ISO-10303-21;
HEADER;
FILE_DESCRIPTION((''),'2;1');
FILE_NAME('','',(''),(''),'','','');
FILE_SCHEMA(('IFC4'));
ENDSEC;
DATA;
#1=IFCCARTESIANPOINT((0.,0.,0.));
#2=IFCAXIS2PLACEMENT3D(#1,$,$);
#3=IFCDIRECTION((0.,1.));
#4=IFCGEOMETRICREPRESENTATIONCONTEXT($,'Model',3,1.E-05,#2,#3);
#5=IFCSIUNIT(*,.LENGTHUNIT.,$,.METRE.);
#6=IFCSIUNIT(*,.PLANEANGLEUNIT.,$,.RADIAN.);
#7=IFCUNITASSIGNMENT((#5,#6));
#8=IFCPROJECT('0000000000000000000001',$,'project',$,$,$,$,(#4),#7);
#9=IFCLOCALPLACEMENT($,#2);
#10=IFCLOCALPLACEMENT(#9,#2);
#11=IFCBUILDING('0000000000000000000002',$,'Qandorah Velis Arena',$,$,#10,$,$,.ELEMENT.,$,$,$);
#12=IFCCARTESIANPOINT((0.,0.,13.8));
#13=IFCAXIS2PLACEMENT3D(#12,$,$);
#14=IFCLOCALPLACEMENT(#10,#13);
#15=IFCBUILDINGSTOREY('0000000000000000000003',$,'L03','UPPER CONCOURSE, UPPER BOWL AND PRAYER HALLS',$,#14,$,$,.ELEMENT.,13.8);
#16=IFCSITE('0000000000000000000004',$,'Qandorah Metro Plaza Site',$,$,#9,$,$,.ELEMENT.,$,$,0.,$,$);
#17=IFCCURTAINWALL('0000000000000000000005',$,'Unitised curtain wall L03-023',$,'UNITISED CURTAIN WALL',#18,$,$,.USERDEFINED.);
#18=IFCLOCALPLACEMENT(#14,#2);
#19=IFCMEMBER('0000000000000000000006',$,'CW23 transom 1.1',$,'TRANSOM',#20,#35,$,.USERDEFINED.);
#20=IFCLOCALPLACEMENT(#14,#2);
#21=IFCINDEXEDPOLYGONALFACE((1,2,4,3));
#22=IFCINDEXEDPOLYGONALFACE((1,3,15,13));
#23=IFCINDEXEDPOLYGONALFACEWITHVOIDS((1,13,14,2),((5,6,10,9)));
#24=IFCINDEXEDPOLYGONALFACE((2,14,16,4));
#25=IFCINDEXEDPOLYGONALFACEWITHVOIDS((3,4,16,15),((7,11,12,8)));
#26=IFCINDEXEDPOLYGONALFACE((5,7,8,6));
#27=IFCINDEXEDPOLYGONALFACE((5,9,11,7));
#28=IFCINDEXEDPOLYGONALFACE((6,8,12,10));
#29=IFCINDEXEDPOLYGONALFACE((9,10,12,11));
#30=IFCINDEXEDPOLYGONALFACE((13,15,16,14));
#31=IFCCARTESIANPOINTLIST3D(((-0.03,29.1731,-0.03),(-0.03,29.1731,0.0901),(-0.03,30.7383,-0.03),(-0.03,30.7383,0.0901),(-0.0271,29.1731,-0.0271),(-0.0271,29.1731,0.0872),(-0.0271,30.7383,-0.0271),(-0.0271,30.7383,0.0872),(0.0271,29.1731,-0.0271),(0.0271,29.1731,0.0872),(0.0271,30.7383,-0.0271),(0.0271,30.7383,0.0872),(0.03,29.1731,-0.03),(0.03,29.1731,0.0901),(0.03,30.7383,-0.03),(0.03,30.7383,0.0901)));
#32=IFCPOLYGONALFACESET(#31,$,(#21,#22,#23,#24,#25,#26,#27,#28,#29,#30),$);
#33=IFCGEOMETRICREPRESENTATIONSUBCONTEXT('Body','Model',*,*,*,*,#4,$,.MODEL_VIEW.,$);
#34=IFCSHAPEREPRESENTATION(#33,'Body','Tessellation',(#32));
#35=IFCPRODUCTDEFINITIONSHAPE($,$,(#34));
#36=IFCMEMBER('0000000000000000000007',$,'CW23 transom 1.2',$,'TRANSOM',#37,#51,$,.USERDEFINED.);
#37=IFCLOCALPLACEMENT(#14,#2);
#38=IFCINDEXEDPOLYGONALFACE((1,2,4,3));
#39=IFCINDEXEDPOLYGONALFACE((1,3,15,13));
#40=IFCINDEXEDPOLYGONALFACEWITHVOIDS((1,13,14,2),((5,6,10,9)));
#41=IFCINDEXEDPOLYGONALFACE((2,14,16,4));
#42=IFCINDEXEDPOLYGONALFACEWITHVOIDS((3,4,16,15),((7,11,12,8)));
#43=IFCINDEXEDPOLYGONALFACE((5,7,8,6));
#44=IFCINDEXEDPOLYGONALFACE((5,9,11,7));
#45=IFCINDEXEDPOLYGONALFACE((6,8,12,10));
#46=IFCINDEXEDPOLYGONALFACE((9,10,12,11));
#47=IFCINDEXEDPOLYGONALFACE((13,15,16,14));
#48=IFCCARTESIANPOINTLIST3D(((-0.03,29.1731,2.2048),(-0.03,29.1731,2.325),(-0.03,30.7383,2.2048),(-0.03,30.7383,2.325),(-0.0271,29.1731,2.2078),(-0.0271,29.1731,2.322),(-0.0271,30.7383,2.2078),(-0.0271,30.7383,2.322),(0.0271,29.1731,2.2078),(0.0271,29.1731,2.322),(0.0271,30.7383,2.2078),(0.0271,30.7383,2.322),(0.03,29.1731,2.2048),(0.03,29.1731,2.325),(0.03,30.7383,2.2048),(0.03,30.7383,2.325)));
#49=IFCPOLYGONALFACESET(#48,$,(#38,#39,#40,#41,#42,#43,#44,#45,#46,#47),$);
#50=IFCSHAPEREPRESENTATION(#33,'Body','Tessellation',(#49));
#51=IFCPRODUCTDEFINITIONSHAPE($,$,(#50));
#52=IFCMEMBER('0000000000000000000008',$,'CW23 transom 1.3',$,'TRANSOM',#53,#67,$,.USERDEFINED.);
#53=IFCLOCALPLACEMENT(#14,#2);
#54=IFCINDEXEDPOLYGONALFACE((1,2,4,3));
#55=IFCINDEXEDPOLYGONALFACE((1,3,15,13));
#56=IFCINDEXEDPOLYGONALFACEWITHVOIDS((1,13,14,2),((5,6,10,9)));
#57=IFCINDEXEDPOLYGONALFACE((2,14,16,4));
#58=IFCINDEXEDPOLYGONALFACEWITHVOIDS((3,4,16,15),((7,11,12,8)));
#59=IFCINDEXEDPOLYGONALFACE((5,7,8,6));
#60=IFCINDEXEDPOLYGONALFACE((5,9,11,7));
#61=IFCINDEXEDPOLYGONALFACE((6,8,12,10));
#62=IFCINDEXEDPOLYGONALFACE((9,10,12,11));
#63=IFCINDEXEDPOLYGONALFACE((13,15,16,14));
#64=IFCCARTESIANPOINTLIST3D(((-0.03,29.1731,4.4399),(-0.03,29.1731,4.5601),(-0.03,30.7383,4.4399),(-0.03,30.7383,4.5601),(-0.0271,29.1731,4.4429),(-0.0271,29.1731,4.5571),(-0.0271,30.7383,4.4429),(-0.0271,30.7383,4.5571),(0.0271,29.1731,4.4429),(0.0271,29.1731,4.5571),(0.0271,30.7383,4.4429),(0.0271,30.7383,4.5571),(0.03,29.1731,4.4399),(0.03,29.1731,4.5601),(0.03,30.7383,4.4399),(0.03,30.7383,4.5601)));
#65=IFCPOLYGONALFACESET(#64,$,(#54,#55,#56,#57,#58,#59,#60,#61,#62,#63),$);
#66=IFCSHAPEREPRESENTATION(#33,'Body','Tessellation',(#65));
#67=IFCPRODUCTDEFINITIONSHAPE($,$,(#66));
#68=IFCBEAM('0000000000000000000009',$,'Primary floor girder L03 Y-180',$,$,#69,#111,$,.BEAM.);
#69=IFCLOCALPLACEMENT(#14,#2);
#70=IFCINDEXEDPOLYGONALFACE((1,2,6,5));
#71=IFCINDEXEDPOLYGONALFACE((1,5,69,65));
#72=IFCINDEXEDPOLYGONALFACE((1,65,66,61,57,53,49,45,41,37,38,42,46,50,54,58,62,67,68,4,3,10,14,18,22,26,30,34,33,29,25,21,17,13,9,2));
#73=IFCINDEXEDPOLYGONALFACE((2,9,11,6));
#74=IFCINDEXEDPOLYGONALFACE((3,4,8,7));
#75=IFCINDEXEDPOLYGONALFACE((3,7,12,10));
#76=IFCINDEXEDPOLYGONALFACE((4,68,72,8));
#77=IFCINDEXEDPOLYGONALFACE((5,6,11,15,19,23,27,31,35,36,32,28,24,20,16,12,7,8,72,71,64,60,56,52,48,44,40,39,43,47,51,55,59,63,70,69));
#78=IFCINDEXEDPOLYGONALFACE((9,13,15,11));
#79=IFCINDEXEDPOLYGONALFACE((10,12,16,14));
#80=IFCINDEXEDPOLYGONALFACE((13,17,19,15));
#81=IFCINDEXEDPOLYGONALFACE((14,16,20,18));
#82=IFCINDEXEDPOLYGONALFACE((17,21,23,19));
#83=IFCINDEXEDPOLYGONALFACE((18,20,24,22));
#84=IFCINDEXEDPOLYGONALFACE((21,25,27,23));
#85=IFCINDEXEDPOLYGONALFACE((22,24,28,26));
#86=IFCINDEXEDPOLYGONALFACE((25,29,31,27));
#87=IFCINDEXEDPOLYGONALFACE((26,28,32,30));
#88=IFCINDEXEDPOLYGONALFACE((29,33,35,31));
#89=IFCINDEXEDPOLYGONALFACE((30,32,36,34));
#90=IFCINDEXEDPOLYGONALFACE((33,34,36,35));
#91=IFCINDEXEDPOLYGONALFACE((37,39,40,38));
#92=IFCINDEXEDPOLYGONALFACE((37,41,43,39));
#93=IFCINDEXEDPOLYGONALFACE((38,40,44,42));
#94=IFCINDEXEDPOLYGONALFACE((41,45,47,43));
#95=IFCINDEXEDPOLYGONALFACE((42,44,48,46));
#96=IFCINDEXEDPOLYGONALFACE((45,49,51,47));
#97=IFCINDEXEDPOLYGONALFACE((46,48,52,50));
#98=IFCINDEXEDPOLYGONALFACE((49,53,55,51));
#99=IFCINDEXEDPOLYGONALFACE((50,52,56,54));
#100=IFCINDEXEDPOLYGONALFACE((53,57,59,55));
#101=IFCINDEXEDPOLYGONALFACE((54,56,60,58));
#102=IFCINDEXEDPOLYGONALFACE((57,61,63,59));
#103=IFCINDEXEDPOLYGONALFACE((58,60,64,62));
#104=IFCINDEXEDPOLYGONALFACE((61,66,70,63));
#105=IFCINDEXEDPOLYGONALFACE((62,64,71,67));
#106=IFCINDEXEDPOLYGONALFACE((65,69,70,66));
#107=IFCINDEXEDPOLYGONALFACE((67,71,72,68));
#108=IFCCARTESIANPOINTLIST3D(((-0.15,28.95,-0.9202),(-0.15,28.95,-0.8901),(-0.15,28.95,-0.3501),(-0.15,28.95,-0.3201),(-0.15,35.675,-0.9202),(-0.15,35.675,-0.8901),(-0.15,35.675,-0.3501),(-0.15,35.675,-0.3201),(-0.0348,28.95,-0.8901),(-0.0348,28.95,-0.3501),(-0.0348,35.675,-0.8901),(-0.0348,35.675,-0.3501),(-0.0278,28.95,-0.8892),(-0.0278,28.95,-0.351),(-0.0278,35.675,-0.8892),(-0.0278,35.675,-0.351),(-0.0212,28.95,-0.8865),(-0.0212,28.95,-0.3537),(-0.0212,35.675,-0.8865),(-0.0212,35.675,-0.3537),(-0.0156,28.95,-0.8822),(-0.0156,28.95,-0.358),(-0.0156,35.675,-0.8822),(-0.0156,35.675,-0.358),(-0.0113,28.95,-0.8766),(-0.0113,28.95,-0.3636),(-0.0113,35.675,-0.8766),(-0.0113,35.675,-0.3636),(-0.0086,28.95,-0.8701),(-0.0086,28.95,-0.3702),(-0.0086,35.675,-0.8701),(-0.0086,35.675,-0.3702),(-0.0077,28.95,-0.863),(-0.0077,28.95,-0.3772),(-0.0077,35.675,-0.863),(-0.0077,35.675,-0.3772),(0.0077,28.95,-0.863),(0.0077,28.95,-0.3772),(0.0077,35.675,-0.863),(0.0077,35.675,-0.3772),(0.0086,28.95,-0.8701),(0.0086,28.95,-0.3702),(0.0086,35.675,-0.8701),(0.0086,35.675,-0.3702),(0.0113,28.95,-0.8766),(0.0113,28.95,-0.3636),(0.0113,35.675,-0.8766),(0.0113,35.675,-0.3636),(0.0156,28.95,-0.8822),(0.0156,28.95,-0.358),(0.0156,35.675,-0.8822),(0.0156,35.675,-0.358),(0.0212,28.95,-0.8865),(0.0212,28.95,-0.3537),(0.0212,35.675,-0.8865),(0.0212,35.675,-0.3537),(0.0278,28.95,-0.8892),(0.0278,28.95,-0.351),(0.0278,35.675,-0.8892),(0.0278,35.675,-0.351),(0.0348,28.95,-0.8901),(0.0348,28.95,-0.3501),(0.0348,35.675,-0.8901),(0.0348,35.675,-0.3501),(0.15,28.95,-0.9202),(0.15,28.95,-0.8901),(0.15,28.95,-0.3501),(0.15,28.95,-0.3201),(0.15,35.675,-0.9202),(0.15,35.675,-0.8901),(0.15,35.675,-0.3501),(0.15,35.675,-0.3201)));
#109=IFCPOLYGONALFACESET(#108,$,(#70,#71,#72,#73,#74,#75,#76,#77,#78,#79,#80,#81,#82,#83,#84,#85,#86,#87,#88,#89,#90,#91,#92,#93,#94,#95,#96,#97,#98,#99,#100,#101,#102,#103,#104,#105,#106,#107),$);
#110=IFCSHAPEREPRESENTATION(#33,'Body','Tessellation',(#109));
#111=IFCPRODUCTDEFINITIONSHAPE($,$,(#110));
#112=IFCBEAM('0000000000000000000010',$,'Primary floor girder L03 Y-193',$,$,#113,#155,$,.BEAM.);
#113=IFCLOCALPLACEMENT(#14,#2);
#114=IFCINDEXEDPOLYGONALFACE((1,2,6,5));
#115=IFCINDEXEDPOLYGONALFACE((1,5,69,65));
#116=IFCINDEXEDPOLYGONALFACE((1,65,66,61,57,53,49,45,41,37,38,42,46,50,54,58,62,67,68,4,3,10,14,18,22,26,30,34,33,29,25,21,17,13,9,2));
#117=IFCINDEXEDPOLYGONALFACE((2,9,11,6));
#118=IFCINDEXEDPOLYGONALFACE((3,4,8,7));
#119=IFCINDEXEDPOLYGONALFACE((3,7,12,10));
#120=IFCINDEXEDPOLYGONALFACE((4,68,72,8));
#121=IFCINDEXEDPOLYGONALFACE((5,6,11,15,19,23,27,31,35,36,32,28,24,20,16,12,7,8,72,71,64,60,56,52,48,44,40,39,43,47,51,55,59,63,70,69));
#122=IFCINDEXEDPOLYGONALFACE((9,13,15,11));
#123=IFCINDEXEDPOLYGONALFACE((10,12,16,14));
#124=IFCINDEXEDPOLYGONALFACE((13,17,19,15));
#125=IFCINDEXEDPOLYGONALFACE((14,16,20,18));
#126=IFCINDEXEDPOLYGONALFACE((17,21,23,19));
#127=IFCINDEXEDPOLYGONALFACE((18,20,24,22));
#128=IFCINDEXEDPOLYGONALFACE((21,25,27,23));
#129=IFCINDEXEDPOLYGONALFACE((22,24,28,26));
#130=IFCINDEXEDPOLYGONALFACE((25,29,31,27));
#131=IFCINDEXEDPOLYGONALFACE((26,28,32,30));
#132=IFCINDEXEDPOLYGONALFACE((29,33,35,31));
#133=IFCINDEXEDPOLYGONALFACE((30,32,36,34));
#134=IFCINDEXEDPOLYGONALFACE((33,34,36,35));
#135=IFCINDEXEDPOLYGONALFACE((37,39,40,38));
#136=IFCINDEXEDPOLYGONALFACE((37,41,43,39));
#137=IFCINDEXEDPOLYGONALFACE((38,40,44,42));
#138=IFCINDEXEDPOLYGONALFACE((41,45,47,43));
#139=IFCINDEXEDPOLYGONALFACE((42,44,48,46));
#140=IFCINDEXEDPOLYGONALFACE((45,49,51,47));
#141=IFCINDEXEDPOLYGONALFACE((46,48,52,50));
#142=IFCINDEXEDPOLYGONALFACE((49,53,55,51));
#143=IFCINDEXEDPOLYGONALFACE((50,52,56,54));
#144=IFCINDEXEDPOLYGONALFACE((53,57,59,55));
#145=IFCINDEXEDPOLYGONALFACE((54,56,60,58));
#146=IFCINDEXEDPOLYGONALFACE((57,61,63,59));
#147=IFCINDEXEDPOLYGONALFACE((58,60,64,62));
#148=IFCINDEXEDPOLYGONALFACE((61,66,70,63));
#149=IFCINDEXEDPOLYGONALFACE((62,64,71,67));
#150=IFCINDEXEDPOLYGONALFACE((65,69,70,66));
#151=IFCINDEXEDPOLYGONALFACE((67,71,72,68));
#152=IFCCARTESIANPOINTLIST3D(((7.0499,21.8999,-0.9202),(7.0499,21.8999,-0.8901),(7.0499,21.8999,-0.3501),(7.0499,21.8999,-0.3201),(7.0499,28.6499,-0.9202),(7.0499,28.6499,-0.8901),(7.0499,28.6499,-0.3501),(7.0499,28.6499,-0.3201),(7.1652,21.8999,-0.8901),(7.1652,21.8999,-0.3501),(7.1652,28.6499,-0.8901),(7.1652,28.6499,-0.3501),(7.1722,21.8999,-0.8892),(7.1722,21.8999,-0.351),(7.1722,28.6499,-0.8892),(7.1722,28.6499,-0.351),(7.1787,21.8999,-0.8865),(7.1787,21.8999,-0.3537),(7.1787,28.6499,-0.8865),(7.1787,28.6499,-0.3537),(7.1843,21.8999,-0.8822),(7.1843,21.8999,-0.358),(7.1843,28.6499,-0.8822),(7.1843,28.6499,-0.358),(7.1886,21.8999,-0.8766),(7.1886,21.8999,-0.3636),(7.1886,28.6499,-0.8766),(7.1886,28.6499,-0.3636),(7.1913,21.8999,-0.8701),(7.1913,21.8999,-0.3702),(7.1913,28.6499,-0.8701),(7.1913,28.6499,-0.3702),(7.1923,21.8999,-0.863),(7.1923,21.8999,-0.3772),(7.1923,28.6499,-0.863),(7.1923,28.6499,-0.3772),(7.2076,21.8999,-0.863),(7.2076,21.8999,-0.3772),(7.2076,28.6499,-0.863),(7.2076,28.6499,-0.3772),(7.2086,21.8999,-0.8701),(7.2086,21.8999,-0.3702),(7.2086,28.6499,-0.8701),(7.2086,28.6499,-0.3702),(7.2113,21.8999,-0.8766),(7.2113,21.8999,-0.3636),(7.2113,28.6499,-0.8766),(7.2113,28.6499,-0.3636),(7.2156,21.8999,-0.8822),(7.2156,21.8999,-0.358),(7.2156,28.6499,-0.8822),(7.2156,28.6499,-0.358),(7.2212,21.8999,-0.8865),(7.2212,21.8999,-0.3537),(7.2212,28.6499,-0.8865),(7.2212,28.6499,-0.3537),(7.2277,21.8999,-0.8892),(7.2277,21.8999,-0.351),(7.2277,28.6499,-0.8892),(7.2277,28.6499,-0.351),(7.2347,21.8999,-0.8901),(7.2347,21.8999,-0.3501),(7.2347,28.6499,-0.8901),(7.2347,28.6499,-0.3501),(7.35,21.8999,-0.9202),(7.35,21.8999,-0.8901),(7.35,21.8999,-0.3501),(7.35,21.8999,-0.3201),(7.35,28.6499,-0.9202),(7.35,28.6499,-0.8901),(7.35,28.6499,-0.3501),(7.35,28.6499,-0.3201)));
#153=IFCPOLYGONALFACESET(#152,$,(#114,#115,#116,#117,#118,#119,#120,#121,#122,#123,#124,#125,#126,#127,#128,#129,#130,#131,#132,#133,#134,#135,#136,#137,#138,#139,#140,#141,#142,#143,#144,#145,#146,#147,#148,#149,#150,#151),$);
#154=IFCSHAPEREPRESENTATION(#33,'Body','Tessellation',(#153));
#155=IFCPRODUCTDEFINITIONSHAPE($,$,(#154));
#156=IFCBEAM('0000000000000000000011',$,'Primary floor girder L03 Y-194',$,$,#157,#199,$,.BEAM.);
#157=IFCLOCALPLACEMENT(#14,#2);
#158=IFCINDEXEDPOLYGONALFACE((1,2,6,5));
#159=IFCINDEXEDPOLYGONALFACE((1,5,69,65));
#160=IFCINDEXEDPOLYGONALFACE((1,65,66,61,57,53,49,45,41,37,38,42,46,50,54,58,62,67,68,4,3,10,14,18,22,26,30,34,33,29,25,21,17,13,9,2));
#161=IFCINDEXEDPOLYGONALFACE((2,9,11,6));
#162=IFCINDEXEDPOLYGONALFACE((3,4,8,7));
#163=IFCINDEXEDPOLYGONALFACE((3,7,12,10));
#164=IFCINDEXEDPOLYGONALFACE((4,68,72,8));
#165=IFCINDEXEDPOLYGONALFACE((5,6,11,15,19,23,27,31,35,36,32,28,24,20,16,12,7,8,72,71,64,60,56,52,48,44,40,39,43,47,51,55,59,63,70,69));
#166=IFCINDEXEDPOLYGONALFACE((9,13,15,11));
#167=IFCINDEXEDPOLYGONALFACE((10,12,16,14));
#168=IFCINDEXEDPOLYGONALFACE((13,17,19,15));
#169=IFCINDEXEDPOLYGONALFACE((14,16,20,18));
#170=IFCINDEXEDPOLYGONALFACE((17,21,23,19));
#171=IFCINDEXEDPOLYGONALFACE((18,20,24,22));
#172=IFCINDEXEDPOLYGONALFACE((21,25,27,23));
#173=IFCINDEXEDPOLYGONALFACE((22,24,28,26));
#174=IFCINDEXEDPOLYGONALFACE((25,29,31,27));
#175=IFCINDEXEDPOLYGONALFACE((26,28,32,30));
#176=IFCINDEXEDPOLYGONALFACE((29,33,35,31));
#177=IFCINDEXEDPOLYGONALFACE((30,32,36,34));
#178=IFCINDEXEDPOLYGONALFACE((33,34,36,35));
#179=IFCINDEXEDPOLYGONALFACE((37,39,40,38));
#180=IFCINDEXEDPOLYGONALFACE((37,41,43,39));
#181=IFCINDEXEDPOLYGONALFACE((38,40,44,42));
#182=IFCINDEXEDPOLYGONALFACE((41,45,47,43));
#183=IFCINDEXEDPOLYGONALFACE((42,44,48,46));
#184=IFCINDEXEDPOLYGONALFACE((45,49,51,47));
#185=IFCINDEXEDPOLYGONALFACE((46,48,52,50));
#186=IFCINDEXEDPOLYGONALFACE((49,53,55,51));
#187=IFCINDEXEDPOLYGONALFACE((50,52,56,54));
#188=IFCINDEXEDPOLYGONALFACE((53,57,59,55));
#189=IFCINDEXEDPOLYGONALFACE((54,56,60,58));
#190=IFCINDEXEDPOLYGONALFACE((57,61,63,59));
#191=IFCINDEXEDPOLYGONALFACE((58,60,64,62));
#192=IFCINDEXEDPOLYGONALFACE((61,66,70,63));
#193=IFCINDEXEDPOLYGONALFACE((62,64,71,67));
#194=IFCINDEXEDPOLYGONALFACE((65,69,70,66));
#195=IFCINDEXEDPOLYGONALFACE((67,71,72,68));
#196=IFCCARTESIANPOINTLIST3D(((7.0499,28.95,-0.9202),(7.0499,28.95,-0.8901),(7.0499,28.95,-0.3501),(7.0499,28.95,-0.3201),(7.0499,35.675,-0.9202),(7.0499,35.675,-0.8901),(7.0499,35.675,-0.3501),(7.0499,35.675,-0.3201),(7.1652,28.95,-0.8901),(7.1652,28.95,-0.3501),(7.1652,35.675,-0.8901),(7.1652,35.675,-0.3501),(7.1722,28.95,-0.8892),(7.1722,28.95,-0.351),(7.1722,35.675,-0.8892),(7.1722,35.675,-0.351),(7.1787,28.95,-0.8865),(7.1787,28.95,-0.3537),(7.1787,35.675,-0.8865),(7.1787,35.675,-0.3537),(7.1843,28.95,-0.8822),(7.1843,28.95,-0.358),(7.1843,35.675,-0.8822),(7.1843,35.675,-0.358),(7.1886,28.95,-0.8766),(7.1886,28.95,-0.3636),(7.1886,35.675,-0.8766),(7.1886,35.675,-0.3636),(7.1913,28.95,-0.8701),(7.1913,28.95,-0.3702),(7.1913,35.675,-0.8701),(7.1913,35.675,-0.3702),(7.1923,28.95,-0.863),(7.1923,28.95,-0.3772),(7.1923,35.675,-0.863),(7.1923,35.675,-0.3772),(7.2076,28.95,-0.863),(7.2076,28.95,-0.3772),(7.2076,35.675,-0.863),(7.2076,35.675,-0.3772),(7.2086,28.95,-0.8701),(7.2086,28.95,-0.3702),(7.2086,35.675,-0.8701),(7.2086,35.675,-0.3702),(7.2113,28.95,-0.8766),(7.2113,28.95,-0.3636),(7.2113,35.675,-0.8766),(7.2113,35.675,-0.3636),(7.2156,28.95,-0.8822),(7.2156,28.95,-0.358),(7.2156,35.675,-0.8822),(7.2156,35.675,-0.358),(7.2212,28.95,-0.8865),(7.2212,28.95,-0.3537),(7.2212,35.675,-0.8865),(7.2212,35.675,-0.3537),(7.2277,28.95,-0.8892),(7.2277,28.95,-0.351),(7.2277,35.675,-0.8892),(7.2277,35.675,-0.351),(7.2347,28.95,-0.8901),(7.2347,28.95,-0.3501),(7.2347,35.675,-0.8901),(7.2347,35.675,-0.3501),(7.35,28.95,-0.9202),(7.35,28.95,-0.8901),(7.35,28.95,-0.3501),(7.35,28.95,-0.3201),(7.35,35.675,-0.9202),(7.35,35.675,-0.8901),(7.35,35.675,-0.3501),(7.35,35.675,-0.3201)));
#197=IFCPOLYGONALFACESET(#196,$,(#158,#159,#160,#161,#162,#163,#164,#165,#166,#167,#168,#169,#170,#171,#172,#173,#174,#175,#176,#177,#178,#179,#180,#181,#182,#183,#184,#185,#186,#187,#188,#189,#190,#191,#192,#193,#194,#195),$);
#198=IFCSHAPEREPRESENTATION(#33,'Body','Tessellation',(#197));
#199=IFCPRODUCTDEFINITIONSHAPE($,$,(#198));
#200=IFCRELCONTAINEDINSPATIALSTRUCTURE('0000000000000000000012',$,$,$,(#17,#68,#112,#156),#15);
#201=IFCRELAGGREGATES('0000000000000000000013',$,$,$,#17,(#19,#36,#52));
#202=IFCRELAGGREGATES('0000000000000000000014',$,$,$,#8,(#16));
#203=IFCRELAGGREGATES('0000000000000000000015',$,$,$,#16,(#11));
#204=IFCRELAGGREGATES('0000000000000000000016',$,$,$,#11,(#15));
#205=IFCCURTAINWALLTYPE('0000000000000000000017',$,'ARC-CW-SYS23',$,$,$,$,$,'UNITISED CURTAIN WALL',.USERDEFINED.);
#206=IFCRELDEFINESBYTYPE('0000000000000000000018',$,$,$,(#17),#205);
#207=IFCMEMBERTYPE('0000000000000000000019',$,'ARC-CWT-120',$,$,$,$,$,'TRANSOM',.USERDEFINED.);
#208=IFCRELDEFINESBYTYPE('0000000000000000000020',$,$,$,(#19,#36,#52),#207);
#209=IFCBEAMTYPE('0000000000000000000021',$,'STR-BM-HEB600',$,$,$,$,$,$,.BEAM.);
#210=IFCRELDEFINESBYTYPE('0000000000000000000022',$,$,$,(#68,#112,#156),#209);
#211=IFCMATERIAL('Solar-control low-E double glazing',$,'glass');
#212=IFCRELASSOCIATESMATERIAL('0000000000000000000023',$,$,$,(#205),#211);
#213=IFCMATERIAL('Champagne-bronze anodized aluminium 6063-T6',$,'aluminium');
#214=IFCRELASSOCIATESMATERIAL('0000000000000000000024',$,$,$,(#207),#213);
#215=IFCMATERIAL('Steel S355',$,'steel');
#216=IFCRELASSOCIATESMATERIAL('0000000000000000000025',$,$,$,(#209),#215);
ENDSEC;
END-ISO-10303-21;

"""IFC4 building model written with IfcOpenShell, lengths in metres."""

from ifc_helpers import new_model, si_unit, direction, frame, origin, origin_2d, place, context, subcontext, project, spatial, hollow_rectangle, i_section, extrude, material, material_profile, profile_set, type_object, element, aggregate, save


model = new_model("IFC4")

# Units and contexts
model_context = context("Model", 3, precision=1e-05, world=origin(), true_north=direction((0.0, 1.0)))
body_context = subcontext(model_context, "Body", "Model", "MODEL_VIEW")
ifc_project = project(units=[si_unit("LENGTHUNIT", "METRE"), si_unit("PLANEANGLEUNIT", "RADIAN")], contexts=[model_context])

# Site, building, storey
site_placement = place(None, origin())
site = spatial("IfcSite", under=ifc_project, at=site_placement, Name="Qandorah Metro Plaza Site", CompositionType="ELEMENT", RefElevation=0.0)
building_placement = place(site_placement, origin())
building = spatial("IfcBuilding", under=site, at=building_placement, Name="Qandorah Velis Arena", CompositionType="ELEMENT")
storey_placement = place(building_placement, frame((0.0, 0.0, 13.8)))
storey = spatial("IfcBuildingStorey", under=building, at=storey_placement, Name="L03", Description="UPPER CONCOURSE, UPPER BOWL AND PRAYER HALLS", CompositionType="ELEMENT", Elevation=13.8)

# Curtain wall
ifc_material_1 = material(Name="Solar-control low-E double glazing", Category="glass")
curtain_wall_type_1 = type_object("IfcCurtainWallType", Name="ARC-CW-SYS23", ElementType="UNITISED CURTAIN WALL", PredefinedType="USERDEFINED", material=ifc_material_1)
curtain_wall_1_placement = place(storey_placement, origin())
curtain_wall_1 = element("IfcCurtainWall", 1, at=curtain_wall_1_placement, inside=storey, type_object=curtain_wall_type_1, Name="Unitised curtain wall L03-023", ObjectType="UNITISED CURTAIN WALL", PredefinedType="USERDEFINED")
ifc_material_2 = material(Name="Champagne-bronze anodized aluminium 6063-T6", Category="aluminium")

# Members
ifc_material_profile_1 = material_profile(ifc_material_2, hollow_rectangle(XDim=0.0601, YDim=0.1201, WallThickness=0.0029, at=origin_2d()), Name="ALU TRANSOM 60x120")
ifc_profile_set_1 = profile_set([ifc_material_profile_1], Name="Champagne-bronze anodized aluminium 6063-T6")
member_type_1 = type_object("IfcMemberType", Name="ARC-CWT-120", ElementType="TRANSOM", PredefinedType="USERDEFINED", material=ifc_profile_set_1)
member_1_placement = place(storey_placement, frame((0.0, 29.1731, 0.03), z_axis=(0.0, 1.0, 0.0), x_axis=(-1.0, 0.0, 0.0)))
member_1 = element("IfcMember", 2, at=member_1_placement, type_object=member_type_1, Name="CW23 transom 1.1", ObjectType="TRANSOM", PredefinedType="USERDEFINED", context=body_context, shape_type="SweptSolid", body=[
    extrude(hollow_rectangle(XDim=0.0601, YDim=0.1201, WallThickness=0.0029, at=origin_2d()), origin(), (0.0, 0.0, 1.0), 1.5652),
])
member_2_placement = place(storey_placement, frame((0.0, 29.1731, 2.2649), z_axis=(0.0, 1.0, 0.0), x_axis=(-1.0, 0.0, 0.0)))
member_2 = element("IfcMember", 3, at=member_2_placement, type_object=member_type_1, Name="CW23 transom 1.2", ObjectType="TRANSOM", PredefinedType="USERDEFINED", context=body_context, shape_type="SweptSolid", body=[
    extrude(hollow_rectangle(XDim=0.0601, YDim=0.1201, WallThickness=0.0029, at=origin_2d()), origin(), (0.0, 0.0, 1.0), 1.5652),
])
member_3_placement = place(storey_placement, frame((0.0, 29.1731, 4.5), z_axis=(0.0, 1.0, 0.0), x_axis=(-1.0, 0.0, 0.0)))
member_3 = element("IfcMember", 4, at=member_3_placement, type_object=member_type_1, Name="CW23 transom 1.3", ObjectType="TRANSOM", PredefinedType="USERDEFINED", context=body_context, shape_type="SweptSolid", body=[
    extrude(hollow_rectangle(XDim=0.0601, YDim=0.1201, WallThickness=0.0029, at=origin_2d()), origin(), (0.0, 0.0, 1.0), 1.5652),
])

# Beams
ifc_material_3 = material(Name="Steel S355", Category="steel")
ifc_material_profile_2 = material_profile(ifc_material_3, i_section(OverallWidth=0.3, OverallDepth=0.6001, WebThickness=0.0154, FlangeThickness=0.03, FilletRadius=0.0271, at=origin_2d()), Name="HEB 600")
ifc_profile_set_2 = profile_set([ifc_material_profile_2], Name="Steel S355")
beam_type_1 = type_object("IfcBeamType", Name="STR-BM-HEB600", PredefinedType="BEAM", material=ifc_profile_set_2)
beam_1_placement = place(storey_placement, frame((0.0, 28.95, -0.6201), z_axis=(0.0, 1.0, 0.0), x_axis=(-1.0, 0.0, 0.0)))
element("IfcBeam", 5, at=beam_1_placement, inside=storey, type_object=beam_type_1, Name="Primary floor girder L03 Y-180", PredefinedType="BEAM", context=body_context, shape_type="SweptSolid", body=[
    extrude(i_section(OverallWidth=0.3, OverallDepth=0.6001, WebThickness=0.0154, FlangeThickness=0.03, FilletRadius=0.0271, at=origin_2d()), origin(), (0.0, 0.0, 1.0), 6.7251),
])
beam_2_placement = place(storey_placement, frame((7.2, 21.8999, -0.6201), z_axis=(0.0, 1.0, 0.0), x_axis=(-1.0, 0.0, 0.0)))
element("IfcBeam", 6, at=beam_2_placement, inside=storey, type_object=beam_type_1, Name="Primary floor girder L03 Y-193", PredefinedType="BEAM", context=body_context, shape_type="SweptSolid", body=[
    extrude(i_section(OverallWidth=0.3, OverallDepth=0.6001, WebThickness=0.0154, FlangeThickness=0.03, FilletRadius=0.0271, at=origin_2d()), origin(), (0.0, 0.0, 1.0), 6.75),
])
beam_3_placement = place(storey_placement, frame((7.2, 28.95, -0.6201), z_axis=(0.0, 1.0, 0.0), x_axis=(-1.0, 0.0, 0.0)))
element("IfcBeam", 7, at=beam_3_placement, inside=storey, type_object=beam_type_1, Name="Primary floor girder L03 Y-194", PredefinedType="BEAM", context=body_context, shape_type="SweptSolid", body=[
    extrude(i_section(OverallWidth=0.3, OverallDepth=0.6001, WebThickness=0.0154, FlangeThickness=0.03, FilletRadius=0.0271, at=origin_2d()), origin(), (0.0, 0.0, 1.0), 6.7251),
])

aggregate(curtain_wall_1, [member_1, member_2, member_3])

save(model, "model.ifc")
